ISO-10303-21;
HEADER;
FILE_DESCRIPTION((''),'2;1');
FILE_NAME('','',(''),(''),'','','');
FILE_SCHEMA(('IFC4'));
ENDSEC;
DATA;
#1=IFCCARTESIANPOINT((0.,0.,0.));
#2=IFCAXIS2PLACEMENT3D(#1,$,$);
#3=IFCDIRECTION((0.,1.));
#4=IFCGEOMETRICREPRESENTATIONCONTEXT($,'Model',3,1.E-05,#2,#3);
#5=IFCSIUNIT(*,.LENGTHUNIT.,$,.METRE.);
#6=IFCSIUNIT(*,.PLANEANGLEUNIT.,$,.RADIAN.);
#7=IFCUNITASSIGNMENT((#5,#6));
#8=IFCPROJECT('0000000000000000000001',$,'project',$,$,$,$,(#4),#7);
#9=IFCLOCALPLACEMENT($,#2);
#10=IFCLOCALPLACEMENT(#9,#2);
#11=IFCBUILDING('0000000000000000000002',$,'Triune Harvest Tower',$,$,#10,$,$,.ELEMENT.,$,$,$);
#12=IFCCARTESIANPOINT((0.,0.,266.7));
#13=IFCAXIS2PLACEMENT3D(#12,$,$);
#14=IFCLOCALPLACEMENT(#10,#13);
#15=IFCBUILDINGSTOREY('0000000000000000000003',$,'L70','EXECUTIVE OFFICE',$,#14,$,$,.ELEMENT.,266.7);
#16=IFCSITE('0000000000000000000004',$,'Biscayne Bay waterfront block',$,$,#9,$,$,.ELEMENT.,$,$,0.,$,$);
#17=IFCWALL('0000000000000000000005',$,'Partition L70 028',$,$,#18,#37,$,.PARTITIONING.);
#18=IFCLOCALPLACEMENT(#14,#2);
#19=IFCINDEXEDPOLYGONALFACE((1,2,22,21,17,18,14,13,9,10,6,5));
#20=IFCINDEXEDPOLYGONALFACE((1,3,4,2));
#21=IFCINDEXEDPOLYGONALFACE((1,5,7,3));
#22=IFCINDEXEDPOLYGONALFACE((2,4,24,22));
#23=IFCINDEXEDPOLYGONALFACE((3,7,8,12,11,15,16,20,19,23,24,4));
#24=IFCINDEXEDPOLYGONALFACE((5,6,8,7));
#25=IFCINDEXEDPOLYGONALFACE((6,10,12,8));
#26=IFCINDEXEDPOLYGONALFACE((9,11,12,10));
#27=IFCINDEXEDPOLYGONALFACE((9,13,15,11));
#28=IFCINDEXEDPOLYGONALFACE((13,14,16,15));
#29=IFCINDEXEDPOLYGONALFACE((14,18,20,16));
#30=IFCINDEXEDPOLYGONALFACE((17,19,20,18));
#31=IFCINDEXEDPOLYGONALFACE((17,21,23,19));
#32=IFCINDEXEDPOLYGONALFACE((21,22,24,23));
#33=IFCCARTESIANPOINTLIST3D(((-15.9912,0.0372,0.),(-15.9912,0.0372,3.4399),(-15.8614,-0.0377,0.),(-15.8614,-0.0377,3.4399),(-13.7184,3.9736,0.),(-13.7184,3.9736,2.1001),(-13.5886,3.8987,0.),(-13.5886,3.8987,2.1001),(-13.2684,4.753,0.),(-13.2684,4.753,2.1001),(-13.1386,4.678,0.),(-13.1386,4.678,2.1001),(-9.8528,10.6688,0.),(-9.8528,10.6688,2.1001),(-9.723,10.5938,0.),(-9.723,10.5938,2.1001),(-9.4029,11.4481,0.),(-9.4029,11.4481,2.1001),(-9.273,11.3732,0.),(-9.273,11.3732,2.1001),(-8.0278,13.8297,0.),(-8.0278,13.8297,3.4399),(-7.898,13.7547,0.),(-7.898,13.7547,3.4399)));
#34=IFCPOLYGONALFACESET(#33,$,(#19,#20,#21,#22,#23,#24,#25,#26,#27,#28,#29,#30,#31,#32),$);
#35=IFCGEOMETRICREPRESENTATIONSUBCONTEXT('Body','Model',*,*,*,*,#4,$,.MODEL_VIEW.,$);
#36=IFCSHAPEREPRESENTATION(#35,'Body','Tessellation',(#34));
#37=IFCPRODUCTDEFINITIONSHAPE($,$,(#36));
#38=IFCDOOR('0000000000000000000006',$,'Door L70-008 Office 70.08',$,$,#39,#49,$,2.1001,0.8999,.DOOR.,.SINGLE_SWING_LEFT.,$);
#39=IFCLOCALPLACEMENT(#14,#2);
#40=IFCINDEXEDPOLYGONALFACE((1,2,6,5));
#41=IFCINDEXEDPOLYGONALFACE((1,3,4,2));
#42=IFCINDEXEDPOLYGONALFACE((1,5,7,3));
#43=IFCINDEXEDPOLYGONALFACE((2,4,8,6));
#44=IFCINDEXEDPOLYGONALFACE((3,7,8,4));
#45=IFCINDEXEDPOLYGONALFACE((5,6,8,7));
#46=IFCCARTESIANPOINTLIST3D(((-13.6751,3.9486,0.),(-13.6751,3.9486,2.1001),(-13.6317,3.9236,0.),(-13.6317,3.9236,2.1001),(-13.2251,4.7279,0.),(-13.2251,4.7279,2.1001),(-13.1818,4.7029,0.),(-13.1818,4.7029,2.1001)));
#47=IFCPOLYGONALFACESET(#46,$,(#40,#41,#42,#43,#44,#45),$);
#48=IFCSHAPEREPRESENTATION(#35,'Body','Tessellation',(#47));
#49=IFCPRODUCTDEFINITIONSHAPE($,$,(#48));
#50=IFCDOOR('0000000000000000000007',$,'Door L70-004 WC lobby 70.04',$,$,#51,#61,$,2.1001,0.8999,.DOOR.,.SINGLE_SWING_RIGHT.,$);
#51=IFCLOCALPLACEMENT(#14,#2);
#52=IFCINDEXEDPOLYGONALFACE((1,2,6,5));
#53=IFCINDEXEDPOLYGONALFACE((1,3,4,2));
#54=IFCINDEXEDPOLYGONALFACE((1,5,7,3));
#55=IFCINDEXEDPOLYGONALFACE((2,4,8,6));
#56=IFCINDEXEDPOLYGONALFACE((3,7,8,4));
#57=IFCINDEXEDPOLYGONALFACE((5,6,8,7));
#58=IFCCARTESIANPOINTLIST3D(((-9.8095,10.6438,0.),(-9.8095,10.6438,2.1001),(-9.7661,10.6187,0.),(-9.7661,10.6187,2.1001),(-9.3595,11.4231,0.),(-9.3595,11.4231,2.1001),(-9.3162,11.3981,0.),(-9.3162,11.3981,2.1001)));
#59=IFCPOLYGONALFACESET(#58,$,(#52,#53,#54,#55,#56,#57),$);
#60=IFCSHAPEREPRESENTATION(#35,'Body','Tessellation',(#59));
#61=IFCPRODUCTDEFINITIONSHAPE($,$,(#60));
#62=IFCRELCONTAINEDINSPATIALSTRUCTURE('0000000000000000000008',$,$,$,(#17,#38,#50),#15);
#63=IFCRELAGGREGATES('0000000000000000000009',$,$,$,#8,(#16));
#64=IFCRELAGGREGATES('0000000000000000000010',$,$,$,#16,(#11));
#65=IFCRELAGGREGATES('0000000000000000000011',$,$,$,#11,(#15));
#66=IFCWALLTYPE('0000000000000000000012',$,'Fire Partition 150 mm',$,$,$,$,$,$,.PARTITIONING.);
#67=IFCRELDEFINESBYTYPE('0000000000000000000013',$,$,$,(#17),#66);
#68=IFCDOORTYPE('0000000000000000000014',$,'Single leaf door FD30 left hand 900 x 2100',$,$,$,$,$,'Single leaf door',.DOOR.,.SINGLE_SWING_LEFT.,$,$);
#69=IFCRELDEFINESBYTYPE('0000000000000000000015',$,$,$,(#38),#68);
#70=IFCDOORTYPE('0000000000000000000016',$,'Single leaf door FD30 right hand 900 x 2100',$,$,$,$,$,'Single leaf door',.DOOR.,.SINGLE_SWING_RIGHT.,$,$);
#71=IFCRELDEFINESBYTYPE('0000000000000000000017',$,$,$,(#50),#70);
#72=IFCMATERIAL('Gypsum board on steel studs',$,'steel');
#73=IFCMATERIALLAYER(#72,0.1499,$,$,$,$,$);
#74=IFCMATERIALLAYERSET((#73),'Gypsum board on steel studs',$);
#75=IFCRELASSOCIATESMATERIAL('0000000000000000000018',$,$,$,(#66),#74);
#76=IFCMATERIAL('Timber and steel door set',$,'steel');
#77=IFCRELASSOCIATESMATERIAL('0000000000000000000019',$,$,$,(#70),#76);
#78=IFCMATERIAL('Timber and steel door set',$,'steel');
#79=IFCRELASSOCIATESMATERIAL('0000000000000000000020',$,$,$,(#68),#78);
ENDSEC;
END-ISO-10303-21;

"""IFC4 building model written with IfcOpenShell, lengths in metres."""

from ifc_helpers import new_model, si_unit, direction, frame, frame_2d, origin, place, context, subcontext, project, spatial, rectangle, extrude, source, transform, mapped, material, layer, layer_set, type_object, element, fill, save


model = new_model("IFC4")

# Units and contexts
model_context = context("Model", 3, precision=1e-05, world=origin(), true_north=direction((0.0, 1.0)))
body_context = subcontext(model_context, "Body", "Model", "MODEL_VIEW")
ifc_project = project(units=[si_unit("LENGTHUNIT", "METRE"), si_unit("PLANEANGLEUNIT", "RADIAN")], contexts=[model_context])

# Site, building, storey
site_placement = place(None, origin())
site = spatial("IfcSite", under=ifc_project, at=site_placement, Name="Biscayne Bay waterfront block", CompositionType="ELEMENT", RefElevation=0.0)
building_placement = place(site_placement, origin())
building = spatial("IfcBuilding", under=site, at=building_placement, Name="Triune Harvest Tower", CompositionType="ELEMENT")
storey_placement = place(building_placement, frame((0.0, 0.0, 266.7)))
storey = spatial("IfcBuildingStorey", under=building, at=storey_placement, Name="L70", Description="EXECUTIVE OFFICE", CompositionType="ELEMENT", Elevation=266.7)

# Shared definitions
ifc_material_1 = material(Name="Gypsum board on steel studs", Category="steel")
ifc_layer_1 = layer(ifc_material_1, 0.1499)
ifc_layer_set_1 = layer_set([ifc_layer_1], Name="Gypsum board on steel studs")
wall_type_1 = type_object("IfcWallType", Name="Fire Partition 150 mm", PredefinedType="PARTITIONING", material=ifc_layer_set_1)
ifc_material_2 = material(Name="Timber and steel door set", Category="steel")
door_type_1 = type_object("IfcDoorType", Name="Single leaf door FD30 right hand 900 x 2100", ElementType="Single leaf door", OperationType="SINGLE_SWING_RIGHT", PredefinedType="DOOR", material=ifc_material_2)

# Wall, openings, doors
shared_shape_1 = source(origin(), body_context, "Body", "SweptSolid", [
    extrude(rectangle(XDim=15.9263, YDim=0.1499, at=frame_2d((7.9631, 0.0))), origin(), (0.0, 0.0, 1.0), 3.4399),
])
wall_1_placement = place(storey_placement, frame((-15.9263, -0.0002, 0.0), z_axis=(0.0, 0.0, 1.0), x_axis=(0.500013, 0.866018, 0.0)))
wall_1 = element("IfcWall", 1, at=wall_1_placement, inside=storey, type_object=wall_type_1, Name="Partition L70 028", PredefinedType="PARTITIONING", context=body_context, shape_type="MappedRepresentation", body=[
    mapped(shared_shape_1, transform((0.0, 0.0, 0.0), scale=1.0)),
])
opening_1_placement = place(wall_1_placement, frame((12.2764, 0.0, 0.0)))
opening_1 = element("IfcOpeningElement", 2, at=opening_1_placement, cuts=wall_1, PredefinedType="OPENING", context=body_context, shape_type="SweptSolid", body=[
    extrude(rectangle(XDim=0.8999, YDim=2.1001, at=frame_2d((0.45, 1.05))), frame((0.0, 0.085, 0.0), z_axis=(0.0, -1.0, 0.0), x_axis=(1.0, 0.0, 0.0)), (0.0, 0.0, 1.0), 0.1699),
])
opening_2_placement = place(wall_1_placement, frame((4.5454, 0.0, 0.0)))
opening_2 = element("IfcOpeningElement", 3, at=opening_2_placement, cuts=wall_1, PredefinedType="OPENING", context=body_context, shape_type="SweptSolid", body=[
    extrude(rectangle(XDim=0.8999, YDim=2.1001, at=frame_2d((0.45, 1.05))), frame((0.0, 0.085, 0.0), z_axis=(0.0, -1.0, 0.0), x_axis=(1.0, 0.0, 0.0)), (0.0, 0.0, 1.0), 0.1699),
])
ifc_material_3 = material(Name="Timber and steel door set", Category="steel")
door_type_2 = type_object("IfcDoorType", Name="Single leaf door FD30 left hand 900 x 2100", ElementType="Single leaf door", OperationType="SINGLE_SWING_LEFT", PredefinedType="DOOR", material=ifc_material_3)
door_1_placement = place(opening_2_placement, origin())
door_1 = element("IfcDoor", 4, at=door_1_placement, inside=storey, type_object=door_type_2, Name="Door L70-008 Office 70.08", OperationType="SINGLE_SWING_LEFT", OverallHeight=2.1001, OverallWidth=0.8999, PredefinedType="DOOR", context=body_context, shape_type="SweptSolid", body=[
    extrude(rectangle(XDim=0.8999, YDim=2.1001, at=frame_2d((0.45, 1.05))), frame((0.0, 0.0249, 0.0), z_axis=(0.0, -1.0, 0.0), x_axis=(1.0, 0.0, 0.0)), (0.0, 0.0, 1.0), 0.05),
])
fill(opening_2, door_1)
door_2_placement = place(opening_1_placement, origin())
door_2 = element("IfcDoor", 5, at=door_2_placement, inside=storey, type_object=door_type_1, Name="Door L70-004 WC lobby 70.04", OperationType="SINGLE_SWING_RIGHT", OverallHeight=2.1001, OverallWidth=0.8999, PredefinedType="DOOR", context=body_context, shape_type="SweptSolid", body=[
    extrude(rectangle(XDim=0.8999, YDim=2.1001, at=frame_2d((0.45, 1.05))), frame((0.0, 0.0249, 0.0), z_axis=(0.0, -1.0, 0.0), x_axis=(1.0, 0.0, 0.0)), (0.0, 0.0, 1.0), 0.05),
])
fill(opening_1, door_2)

save(model, "model.ifc")
